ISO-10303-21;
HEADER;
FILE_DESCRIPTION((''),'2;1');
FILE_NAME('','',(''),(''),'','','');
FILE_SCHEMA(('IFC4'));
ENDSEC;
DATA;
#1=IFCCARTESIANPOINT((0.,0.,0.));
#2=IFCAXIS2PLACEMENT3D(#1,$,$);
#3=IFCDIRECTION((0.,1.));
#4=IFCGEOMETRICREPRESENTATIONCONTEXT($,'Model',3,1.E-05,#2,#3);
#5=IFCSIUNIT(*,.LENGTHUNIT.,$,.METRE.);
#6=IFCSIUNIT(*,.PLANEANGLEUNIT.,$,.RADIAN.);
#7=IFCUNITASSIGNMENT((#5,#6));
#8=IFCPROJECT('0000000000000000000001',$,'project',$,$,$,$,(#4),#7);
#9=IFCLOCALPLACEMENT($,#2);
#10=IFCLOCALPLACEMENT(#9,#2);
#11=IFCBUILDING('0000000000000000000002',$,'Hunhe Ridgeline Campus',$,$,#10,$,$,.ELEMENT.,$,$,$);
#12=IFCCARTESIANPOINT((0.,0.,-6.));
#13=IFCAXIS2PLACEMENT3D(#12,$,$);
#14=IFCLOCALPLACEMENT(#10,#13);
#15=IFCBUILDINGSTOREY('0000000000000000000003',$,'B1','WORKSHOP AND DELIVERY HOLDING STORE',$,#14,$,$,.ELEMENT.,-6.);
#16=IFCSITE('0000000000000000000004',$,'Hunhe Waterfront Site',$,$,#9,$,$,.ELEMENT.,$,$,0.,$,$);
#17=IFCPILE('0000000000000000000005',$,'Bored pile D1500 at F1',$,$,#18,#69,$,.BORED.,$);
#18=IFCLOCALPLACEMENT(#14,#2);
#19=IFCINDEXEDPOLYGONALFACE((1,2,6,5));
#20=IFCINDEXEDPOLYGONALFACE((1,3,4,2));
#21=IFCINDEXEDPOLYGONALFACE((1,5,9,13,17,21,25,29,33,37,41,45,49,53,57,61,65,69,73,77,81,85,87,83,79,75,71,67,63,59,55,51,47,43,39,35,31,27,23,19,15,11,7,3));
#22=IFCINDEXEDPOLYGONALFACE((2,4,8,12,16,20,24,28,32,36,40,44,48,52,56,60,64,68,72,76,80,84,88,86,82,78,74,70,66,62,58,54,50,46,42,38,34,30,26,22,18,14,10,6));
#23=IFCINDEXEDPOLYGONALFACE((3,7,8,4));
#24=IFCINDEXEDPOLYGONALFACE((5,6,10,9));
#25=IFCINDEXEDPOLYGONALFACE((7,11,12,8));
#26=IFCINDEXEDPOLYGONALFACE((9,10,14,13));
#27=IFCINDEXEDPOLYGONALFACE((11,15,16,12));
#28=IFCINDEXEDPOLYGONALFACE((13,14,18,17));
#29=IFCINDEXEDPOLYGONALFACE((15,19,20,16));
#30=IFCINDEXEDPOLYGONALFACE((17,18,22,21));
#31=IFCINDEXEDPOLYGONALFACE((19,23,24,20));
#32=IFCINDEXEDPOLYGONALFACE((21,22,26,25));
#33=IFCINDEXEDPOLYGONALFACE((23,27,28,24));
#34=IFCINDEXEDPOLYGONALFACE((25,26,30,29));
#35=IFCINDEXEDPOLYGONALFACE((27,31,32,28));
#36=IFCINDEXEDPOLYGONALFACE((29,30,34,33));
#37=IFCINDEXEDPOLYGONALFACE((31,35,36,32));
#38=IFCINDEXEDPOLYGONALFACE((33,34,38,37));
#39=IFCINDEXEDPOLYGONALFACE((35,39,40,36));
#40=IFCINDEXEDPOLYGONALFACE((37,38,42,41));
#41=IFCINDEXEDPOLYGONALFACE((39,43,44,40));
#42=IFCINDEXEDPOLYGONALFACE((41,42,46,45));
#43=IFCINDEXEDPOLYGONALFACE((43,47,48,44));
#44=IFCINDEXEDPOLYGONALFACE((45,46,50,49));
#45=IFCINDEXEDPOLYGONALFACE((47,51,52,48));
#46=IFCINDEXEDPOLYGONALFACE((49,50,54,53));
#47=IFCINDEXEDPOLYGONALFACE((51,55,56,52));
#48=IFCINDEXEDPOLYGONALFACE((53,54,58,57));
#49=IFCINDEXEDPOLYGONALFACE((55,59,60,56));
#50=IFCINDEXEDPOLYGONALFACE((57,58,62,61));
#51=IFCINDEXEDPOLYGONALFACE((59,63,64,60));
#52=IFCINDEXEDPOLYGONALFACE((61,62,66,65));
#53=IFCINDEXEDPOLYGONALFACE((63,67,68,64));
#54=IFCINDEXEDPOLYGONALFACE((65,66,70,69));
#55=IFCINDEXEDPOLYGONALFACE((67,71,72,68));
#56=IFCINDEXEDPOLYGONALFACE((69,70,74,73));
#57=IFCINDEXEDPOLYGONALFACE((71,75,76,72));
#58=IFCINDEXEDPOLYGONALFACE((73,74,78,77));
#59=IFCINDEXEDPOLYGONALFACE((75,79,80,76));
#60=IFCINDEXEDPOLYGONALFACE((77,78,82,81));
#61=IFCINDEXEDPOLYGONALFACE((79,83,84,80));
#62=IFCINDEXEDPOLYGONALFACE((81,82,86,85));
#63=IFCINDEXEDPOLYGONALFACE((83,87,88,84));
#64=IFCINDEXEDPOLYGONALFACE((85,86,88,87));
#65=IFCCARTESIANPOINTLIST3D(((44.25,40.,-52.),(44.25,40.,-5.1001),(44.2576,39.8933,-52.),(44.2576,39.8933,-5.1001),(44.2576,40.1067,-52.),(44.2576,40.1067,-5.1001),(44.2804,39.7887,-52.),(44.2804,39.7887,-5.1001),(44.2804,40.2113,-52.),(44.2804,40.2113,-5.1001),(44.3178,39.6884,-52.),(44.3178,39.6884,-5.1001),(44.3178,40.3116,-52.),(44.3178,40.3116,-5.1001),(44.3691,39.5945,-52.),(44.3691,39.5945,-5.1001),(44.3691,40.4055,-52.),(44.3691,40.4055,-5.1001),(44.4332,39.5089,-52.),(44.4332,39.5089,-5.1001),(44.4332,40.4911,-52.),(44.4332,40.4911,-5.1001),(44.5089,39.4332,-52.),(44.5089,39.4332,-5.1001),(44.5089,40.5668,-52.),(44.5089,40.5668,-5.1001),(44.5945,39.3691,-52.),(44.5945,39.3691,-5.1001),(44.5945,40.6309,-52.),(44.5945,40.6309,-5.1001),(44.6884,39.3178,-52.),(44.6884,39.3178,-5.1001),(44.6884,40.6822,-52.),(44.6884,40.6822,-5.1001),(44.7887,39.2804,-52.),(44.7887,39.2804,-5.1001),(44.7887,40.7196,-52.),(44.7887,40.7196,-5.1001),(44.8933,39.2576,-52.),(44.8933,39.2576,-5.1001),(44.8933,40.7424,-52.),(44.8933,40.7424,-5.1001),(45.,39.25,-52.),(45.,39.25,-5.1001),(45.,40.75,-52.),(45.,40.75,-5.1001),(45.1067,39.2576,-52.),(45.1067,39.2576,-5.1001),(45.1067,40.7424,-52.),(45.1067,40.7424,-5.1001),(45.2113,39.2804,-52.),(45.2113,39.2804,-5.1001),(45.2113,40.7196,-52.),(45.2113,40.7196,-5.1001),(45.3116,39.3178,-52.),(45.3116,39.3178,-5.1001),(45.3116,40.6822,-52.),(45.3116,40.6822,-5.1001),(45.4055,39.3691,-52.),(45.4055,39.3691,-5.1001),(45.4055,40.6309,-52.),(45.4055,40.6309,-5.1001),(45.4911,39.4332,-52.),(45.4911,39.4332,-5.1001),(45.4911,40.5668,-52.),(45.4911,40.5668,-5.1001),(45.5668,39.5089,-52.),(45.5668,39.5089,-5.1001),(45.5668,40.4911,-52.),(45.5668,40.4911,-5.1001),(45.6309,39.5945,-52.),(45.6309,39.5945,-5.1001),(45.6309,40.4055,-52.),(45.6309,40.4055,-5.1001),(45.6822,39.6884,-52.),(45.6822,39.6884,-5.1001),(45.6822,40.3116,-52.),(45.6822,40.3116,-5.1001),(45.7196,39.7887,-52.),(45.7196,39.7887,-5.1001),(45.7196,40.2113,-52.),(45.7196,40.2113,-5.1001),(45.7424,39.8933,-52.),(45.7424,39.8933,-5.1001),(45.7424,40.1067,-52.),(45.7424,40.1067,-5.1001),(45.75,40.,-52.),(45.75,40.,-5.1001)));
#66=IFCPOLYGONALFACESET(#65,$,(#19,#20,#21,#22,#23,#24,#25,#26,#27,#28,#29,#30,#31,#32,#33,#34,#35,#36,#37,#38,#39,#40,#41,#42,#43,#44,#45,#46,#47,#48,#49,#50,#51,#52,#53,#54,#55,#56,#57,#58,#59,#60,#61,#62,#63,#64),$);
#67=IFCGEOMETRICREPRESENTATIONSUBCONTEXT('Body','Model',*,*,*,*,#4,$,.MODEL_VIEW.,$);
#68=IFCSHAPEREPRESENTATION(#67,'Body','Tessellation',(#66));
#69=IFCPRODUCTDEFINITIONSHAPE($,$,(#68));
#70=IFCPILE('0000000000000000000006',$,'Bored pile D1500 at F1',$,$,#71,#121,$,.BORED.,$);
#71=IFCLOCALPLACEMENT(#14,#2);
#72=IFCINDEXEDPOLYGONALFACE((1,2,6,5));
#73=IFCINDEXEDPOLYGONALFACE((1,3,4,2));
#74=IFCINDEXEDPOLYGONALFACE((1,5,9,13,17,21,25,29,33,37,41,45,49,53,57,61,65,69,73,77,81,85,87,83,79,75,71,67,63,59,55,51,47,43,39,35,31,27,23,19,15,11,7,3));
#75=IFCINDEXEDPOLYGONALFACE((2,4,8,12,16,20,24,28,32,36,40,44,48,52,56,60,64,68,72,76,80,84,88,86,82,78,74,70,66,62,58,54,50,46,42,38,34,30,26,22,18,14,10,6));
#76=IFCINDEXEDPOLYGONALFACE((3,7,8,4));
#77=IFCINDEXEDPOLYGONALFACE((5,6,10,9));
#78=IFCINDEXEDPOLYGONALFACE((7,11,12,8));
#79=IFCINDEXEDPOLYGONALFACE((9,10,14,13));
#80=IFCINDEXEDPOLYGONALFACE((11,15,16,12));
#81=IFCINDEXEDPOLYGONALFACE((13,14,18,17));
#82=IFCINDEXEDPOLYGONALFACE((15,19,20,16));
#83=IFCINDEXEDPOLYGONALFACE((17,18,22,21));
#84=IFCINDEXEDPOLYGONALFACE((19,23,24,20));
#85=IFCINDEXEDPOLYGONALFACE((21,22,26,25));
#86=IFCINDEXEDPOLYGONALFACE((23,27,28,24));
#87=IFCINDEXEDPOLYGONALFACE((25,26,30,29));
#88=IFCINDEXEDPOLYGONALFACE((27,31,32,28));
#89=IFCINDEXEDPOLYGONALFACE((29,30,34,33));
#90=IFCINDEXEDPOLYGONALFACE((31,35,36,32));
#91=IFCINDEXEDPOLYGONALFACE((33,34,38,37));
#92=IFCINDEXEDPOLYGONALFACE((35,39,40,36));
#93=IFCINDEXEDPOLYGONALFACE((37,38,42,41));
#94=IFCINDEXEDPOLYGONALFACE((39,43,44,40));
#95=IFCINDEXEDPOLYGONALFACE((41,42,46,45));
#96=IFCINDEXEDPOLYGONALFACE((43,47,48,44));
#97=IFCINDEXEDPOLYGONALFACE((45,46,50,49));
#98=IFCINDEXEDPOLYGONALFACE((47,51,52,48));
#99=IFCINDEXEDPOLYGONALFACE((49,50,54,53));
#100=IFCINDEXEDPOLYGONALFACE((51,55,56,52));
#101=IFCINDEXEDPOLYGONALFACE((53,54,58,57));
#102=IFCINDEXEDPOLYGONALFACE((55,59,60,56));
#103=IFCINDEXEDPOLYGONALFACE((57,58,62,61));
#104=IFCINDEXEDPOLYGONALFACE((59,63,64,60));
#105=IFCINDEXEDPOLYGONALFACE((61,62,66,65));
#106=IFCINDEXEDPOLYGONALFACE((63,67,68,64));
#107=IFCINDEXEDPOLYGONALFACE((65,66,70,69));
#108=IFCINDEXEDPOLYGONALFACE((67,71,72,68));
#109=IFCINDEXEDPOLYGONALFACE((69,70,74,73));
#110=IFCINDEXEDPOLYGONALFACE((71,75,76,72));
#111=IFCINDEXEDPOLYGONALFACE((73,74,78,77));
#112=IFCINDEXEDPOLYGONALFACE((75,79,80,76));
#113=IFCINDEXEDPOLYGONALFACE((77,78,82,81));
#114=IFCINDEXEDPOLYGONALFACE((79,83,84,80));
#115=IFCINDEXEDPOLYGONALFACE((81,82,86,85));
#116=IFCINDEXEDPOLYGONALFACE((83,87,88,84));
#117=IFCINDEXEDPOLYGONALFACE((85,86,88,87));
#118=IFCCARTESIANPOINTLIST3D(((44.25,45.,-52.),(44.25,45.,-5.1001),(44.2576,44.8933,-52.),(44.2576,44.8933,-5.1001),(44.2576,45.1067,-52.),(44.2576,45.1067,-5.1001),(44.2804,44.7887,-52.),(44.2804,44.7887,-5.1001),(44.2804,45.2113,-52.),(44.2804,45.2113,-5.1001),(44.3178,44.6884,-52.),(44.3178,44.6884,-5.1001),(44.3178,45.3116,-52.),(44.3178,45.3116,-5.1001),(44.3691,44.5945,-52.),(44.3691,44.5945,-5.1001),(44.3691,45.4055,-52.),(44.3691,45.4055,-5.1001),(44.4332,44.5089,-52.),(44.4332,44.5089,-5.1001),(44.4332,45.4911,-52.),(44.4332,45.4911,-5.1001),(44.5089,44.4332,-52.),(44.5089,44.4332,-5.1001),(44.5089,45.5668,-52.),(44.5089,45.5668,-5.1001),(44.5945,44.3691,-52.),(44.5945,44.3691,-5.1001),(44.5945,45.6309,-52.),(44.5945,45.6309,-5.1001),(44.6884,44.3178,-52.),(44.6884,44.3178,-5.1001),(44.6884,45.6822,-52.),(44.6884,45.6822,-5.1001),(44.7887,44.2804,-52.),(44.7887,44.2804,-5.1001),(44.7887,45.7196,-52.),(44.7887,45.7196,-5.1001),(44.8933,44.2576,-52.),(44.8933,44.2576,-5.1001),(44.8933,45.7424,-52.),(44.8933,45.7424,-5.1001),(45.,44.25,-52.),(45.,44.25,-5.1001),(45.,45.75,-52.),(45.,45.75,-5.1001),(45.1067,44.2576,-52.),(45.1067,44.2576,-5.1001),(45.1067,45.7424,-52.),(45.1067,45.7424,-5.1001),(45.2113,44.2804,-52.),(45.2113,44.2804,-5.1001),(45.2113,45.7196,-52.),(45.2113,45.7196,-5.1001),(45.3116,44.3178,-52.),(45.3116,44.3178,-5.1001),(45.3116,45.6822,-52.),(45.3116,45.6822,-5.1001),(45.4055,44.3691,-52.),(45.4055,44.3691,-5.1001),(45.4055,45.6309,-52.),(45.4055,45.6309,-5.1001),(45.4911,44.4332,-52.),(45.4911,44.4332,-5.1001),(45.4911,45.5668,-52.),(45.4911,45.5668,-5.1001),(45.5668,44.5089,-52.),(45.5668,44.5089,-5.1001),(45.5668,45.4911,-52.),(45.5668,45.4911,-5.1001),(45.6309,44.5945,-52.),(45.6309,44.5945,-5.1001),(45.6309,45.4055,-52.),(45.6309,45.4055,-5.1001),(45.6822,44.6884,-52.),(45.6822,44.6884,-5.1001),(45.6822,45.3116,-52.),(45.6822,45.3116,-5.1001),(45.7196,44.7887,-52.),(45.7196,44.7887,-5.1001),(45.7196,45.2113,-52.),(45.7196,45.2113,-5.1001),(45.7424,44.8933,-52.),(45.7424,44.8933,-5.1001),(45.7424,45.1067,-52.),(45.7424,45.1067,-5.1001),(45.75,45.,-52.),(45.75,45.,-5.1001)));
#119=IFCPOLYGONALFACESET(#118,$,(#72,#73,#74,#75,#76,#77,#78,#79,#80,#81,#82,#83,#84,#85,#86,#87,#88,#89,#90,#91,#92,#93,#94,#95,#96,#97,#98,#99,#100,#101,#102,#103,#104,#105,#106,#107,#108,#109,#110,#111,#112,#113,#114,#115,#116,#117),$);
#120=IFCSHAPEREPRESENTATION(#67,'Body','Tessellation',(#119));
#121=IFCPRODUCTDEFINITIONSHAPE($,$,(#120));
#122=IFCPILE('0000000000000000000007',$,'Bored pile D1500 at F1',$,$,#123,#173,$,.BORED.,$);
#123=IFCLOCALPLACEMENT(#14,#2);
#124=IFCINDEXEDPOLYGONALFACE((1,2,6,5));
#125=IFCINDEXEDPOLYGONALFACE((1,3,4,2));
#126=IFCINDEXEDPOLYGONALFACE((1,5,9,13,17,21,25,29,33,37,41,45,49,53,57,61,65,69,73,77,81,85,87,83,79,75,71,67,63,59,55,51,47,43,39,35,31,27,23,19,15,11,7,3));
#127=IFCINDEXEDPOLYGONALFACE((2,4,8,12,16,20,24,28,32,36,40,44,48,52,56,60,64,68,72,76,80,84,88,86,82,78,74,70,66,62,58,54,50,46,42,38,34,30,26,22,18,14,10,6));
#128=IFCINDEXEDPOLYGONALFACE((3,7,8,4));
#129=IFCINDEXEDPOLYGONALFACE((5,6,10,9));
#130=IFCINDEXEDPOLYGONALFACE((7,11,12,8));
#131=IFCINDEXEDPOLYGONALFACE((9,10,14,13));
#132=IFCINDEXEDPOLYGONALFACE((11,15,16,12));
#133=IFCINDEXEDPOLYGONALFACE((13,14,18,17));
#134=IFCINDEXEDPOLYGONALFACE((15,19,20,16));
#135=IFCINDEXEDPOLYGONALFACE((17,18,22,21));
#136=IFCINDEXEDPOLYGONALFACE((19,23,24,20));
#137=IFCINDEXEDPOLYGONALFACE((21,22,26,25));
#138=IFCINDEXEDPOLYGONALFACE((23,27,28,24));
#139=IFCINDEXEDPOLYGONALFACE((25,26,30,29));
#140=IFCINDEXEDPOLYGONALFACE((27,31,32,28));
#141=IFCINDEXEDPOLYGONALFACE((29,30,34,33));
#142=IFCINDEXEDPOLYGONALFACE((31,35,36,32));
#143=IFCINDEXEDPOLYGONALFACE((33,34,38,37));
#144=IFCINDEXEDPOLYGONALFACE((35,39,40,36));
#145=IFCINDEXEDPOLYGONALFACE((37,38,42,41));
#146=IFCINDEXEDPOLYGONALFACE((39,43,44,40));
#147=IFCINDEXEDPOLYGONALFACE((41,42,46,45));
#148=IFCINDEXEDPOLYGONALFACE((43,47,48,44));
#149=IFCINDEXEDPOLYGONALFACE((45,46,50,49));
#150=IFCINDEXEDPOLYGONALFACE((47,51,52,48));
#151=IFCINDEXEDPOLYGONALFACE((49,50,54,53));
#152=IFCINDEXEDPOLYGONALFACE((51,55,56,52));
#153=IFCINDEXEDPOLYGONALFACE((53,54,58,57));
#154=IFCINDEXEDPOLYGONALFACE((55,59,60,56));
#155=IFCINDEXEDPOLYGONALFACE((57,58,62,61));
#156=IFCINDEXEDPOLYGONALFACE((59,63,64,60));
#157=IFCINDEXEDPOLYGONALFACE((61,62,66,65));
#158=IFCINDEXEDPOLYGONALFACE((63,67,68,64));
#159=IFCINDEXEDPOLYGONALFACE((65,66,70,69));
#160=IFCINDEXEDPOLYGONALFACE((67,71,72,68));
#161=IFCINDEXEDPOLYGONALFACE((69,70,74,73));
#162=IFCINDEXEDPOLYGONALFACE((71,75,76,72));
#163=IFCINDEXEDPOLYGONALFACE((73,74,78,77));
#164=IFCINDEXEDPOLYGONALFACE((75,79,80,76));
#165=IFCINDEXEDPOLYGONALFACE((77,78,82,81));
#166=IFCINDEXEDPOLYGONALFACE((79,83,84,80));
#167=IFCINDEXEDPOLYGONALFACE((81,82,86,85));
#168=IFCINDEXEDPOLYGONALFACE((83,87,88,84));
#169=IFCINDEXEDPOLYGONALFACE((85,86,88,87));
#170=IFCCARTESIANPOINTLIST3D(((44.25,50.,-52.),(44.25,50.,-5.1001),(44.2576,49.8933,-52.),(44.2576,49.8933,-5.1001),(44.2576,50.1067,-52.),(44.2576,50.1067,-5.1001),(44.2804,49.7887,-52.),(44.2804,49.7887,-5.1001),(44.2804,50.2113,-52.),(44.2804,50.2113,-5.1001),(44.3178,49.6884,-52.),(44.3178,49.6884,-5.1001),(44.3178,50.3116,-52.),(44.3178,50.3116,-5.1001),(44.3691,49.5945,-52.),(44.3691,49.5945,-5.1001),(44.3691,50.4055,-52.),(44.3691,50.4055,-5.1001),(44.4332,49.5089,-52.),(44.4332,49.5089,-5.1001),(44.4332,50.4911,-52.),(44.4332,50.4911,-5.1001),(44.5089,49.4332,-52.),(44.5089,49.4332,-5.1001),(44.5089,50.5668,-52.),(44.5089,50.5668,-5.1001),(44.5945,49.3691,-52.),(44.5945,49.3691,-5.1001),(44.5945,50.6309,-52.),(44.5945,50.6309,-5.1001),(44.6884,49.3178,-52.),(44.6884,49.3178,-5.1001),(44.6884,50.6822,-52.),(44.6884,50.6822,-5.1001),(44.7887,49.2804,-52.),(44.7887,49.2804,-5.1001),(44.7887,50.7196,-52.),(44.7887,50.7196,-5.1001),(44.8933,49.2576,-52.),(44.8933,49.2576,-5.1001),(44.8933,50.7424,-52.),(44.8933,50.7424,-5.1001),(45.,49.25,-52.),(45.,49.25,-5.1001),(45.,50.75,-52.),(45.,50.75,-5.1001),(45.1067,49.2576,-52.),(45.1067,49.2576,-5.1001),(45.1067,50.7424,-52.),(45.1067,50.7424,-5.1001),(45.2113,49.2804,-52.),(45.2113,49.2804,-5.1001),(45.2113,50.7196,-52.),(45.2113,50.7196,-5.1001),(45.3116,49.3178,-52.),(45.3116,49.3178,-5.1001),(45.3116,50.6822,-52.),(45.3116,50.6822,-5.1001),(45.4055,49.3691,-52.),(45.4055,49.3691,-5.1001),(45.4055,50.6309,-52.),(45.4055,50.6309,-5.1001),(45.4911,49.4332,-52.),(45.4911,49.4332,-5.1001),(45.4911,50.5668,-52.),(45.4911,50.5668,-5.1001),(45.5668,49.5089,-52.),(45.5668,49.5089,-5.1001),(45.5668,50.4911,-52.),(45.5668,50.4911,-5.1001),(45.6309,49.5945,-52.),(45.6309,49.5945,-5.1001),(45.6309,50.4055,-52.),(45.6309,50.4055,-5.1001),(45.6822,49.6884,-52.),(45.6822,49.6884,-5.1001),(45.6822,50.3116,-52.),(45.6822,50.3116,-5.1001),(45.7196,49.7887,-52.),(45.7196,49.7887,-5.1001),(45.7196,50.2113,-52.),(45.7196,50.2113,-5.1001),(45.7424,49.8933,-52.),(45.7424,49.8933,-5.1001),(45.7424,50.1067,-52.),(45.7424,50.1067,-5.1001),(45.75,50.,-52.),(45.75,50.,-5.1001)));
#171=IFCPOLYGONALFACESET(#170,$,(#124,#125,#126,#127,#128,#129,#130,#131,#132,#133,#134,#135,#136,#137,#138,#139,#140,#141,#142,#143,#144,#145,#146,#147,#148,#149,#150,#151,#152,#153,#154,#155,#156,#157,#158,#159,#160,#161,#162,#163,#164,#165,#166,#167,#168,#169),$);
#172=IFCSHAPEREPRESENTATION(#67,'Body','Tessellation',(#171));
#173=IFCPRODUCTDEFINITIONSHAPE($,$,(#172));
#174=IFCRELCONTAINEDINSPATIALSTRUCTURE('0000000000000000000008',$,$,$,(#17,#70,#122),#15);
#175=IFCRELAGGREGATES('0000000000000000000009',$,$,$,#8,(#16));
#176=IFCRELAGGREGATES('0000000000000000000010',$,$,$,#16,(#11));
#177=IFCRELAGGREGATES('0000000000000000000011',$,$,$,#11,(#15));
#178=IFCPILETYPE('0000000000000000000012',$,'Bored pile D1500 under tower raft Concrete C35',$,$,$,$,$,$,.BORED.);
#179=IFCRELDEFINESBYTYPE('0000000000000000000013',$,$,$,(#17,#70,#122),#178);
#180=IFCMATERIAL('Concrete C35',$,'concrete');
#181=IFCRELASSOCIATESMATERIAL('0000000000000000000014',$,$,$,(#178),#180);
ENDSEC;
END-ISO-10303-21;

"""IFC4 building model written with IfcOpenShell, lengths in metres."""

from ifc_helpers import new_model, si_unit, direction, frame, origin, origin_2d, place, context, subcontext, project, spatial, circle, extrude, material, material_profile, profile_set, type_object, element, save


model = new_model("IFC4")

# Units and contexts
model_context = context("Model", 3, precision=1e-05, world=origin(), true_north=direction((0.0, 1.0)))
body_context = subcontext(model_context, "Body", "Model", "MODEL_VIEW")
ifc_project = project(units=[si_unit("LENGTHUNIT", "METRE"), si_unit("PLANEANGLEUNIT", "RADIAN")], contexts=[model_context])

# Site, building, storey
site_placement = place(None, origin())
site = spatial("IfcSite", under=ifc_project, at=site_placement, Name="Hunhe Waterfront Site", CompositionType="ELEMENT", RefElevation=0.0)
building_placement = place(site_placement, origin())
building = spatial("IfcBuilding", under=site, at=building_placement, Name="Hunhe Ridgeline Campus", CompositionType="ELEMENT")
storey_placement = place(building_placement, frame((0.0, 0.0, -6.0)))
storey = spatial("IfcBuildingStorey", under=building, at=storey_placement, Name="B1", Description="WORKSHOP AND DELIVERY HOLDING STORE", CompositionType="ELEMENT", Elevation=-6.0)

# Piles
ifc_material_1 = material(Name="Concrete C35", Category="concrete")
ifc_material_profile_1 = material_profile(ifc_material_1, circle(Radius=0.75, at=origin_2d()))
ifc_profile_set_1 = profile_set([ifc_material_profile_1], Name="Concrete C35")
pile_type_1 = type_object("IfcPileType", Name="Bored pile D1500 under tower raft Concrete C35", PredefinedType="BORED", material=ifc_profile_set_1)
for number, where, z_axis, x_axis, name in (
    (1, (45.0, 40.0, -5.1001), (0.0, 0.0, -1.0), (1.0, 0.0, 0.0), "Bored pile D1500 at F1"),
    (2, (45.0, 45.0, -5.1001), (0.0, 0.0, -1.0), (1.0, 0.0, 0.0), "Bored pile D1500 at F1"),
    (3, (45.0, 50.0, -5.1001), (0.0, 0.0, -1.0), (1.0, 0.0, 0.0), "Bored pile D1500 at F1"),
):
    element("IfcPile", number, at=place(storey_placement, frame(where, z_axis=z_axis, x_axis=x_axis)), inside=storey, type_object=pile_type_1, Name=name, PredefinedType="BORED", context=body_context, shape_type="SweptSolid", body=[
        extrude(circle(Radius=0.75, at=origin_2d()), origin(), (0.0, 0.0, 1.0), 46.8999),
    ])

save(model, "model.ifc")
